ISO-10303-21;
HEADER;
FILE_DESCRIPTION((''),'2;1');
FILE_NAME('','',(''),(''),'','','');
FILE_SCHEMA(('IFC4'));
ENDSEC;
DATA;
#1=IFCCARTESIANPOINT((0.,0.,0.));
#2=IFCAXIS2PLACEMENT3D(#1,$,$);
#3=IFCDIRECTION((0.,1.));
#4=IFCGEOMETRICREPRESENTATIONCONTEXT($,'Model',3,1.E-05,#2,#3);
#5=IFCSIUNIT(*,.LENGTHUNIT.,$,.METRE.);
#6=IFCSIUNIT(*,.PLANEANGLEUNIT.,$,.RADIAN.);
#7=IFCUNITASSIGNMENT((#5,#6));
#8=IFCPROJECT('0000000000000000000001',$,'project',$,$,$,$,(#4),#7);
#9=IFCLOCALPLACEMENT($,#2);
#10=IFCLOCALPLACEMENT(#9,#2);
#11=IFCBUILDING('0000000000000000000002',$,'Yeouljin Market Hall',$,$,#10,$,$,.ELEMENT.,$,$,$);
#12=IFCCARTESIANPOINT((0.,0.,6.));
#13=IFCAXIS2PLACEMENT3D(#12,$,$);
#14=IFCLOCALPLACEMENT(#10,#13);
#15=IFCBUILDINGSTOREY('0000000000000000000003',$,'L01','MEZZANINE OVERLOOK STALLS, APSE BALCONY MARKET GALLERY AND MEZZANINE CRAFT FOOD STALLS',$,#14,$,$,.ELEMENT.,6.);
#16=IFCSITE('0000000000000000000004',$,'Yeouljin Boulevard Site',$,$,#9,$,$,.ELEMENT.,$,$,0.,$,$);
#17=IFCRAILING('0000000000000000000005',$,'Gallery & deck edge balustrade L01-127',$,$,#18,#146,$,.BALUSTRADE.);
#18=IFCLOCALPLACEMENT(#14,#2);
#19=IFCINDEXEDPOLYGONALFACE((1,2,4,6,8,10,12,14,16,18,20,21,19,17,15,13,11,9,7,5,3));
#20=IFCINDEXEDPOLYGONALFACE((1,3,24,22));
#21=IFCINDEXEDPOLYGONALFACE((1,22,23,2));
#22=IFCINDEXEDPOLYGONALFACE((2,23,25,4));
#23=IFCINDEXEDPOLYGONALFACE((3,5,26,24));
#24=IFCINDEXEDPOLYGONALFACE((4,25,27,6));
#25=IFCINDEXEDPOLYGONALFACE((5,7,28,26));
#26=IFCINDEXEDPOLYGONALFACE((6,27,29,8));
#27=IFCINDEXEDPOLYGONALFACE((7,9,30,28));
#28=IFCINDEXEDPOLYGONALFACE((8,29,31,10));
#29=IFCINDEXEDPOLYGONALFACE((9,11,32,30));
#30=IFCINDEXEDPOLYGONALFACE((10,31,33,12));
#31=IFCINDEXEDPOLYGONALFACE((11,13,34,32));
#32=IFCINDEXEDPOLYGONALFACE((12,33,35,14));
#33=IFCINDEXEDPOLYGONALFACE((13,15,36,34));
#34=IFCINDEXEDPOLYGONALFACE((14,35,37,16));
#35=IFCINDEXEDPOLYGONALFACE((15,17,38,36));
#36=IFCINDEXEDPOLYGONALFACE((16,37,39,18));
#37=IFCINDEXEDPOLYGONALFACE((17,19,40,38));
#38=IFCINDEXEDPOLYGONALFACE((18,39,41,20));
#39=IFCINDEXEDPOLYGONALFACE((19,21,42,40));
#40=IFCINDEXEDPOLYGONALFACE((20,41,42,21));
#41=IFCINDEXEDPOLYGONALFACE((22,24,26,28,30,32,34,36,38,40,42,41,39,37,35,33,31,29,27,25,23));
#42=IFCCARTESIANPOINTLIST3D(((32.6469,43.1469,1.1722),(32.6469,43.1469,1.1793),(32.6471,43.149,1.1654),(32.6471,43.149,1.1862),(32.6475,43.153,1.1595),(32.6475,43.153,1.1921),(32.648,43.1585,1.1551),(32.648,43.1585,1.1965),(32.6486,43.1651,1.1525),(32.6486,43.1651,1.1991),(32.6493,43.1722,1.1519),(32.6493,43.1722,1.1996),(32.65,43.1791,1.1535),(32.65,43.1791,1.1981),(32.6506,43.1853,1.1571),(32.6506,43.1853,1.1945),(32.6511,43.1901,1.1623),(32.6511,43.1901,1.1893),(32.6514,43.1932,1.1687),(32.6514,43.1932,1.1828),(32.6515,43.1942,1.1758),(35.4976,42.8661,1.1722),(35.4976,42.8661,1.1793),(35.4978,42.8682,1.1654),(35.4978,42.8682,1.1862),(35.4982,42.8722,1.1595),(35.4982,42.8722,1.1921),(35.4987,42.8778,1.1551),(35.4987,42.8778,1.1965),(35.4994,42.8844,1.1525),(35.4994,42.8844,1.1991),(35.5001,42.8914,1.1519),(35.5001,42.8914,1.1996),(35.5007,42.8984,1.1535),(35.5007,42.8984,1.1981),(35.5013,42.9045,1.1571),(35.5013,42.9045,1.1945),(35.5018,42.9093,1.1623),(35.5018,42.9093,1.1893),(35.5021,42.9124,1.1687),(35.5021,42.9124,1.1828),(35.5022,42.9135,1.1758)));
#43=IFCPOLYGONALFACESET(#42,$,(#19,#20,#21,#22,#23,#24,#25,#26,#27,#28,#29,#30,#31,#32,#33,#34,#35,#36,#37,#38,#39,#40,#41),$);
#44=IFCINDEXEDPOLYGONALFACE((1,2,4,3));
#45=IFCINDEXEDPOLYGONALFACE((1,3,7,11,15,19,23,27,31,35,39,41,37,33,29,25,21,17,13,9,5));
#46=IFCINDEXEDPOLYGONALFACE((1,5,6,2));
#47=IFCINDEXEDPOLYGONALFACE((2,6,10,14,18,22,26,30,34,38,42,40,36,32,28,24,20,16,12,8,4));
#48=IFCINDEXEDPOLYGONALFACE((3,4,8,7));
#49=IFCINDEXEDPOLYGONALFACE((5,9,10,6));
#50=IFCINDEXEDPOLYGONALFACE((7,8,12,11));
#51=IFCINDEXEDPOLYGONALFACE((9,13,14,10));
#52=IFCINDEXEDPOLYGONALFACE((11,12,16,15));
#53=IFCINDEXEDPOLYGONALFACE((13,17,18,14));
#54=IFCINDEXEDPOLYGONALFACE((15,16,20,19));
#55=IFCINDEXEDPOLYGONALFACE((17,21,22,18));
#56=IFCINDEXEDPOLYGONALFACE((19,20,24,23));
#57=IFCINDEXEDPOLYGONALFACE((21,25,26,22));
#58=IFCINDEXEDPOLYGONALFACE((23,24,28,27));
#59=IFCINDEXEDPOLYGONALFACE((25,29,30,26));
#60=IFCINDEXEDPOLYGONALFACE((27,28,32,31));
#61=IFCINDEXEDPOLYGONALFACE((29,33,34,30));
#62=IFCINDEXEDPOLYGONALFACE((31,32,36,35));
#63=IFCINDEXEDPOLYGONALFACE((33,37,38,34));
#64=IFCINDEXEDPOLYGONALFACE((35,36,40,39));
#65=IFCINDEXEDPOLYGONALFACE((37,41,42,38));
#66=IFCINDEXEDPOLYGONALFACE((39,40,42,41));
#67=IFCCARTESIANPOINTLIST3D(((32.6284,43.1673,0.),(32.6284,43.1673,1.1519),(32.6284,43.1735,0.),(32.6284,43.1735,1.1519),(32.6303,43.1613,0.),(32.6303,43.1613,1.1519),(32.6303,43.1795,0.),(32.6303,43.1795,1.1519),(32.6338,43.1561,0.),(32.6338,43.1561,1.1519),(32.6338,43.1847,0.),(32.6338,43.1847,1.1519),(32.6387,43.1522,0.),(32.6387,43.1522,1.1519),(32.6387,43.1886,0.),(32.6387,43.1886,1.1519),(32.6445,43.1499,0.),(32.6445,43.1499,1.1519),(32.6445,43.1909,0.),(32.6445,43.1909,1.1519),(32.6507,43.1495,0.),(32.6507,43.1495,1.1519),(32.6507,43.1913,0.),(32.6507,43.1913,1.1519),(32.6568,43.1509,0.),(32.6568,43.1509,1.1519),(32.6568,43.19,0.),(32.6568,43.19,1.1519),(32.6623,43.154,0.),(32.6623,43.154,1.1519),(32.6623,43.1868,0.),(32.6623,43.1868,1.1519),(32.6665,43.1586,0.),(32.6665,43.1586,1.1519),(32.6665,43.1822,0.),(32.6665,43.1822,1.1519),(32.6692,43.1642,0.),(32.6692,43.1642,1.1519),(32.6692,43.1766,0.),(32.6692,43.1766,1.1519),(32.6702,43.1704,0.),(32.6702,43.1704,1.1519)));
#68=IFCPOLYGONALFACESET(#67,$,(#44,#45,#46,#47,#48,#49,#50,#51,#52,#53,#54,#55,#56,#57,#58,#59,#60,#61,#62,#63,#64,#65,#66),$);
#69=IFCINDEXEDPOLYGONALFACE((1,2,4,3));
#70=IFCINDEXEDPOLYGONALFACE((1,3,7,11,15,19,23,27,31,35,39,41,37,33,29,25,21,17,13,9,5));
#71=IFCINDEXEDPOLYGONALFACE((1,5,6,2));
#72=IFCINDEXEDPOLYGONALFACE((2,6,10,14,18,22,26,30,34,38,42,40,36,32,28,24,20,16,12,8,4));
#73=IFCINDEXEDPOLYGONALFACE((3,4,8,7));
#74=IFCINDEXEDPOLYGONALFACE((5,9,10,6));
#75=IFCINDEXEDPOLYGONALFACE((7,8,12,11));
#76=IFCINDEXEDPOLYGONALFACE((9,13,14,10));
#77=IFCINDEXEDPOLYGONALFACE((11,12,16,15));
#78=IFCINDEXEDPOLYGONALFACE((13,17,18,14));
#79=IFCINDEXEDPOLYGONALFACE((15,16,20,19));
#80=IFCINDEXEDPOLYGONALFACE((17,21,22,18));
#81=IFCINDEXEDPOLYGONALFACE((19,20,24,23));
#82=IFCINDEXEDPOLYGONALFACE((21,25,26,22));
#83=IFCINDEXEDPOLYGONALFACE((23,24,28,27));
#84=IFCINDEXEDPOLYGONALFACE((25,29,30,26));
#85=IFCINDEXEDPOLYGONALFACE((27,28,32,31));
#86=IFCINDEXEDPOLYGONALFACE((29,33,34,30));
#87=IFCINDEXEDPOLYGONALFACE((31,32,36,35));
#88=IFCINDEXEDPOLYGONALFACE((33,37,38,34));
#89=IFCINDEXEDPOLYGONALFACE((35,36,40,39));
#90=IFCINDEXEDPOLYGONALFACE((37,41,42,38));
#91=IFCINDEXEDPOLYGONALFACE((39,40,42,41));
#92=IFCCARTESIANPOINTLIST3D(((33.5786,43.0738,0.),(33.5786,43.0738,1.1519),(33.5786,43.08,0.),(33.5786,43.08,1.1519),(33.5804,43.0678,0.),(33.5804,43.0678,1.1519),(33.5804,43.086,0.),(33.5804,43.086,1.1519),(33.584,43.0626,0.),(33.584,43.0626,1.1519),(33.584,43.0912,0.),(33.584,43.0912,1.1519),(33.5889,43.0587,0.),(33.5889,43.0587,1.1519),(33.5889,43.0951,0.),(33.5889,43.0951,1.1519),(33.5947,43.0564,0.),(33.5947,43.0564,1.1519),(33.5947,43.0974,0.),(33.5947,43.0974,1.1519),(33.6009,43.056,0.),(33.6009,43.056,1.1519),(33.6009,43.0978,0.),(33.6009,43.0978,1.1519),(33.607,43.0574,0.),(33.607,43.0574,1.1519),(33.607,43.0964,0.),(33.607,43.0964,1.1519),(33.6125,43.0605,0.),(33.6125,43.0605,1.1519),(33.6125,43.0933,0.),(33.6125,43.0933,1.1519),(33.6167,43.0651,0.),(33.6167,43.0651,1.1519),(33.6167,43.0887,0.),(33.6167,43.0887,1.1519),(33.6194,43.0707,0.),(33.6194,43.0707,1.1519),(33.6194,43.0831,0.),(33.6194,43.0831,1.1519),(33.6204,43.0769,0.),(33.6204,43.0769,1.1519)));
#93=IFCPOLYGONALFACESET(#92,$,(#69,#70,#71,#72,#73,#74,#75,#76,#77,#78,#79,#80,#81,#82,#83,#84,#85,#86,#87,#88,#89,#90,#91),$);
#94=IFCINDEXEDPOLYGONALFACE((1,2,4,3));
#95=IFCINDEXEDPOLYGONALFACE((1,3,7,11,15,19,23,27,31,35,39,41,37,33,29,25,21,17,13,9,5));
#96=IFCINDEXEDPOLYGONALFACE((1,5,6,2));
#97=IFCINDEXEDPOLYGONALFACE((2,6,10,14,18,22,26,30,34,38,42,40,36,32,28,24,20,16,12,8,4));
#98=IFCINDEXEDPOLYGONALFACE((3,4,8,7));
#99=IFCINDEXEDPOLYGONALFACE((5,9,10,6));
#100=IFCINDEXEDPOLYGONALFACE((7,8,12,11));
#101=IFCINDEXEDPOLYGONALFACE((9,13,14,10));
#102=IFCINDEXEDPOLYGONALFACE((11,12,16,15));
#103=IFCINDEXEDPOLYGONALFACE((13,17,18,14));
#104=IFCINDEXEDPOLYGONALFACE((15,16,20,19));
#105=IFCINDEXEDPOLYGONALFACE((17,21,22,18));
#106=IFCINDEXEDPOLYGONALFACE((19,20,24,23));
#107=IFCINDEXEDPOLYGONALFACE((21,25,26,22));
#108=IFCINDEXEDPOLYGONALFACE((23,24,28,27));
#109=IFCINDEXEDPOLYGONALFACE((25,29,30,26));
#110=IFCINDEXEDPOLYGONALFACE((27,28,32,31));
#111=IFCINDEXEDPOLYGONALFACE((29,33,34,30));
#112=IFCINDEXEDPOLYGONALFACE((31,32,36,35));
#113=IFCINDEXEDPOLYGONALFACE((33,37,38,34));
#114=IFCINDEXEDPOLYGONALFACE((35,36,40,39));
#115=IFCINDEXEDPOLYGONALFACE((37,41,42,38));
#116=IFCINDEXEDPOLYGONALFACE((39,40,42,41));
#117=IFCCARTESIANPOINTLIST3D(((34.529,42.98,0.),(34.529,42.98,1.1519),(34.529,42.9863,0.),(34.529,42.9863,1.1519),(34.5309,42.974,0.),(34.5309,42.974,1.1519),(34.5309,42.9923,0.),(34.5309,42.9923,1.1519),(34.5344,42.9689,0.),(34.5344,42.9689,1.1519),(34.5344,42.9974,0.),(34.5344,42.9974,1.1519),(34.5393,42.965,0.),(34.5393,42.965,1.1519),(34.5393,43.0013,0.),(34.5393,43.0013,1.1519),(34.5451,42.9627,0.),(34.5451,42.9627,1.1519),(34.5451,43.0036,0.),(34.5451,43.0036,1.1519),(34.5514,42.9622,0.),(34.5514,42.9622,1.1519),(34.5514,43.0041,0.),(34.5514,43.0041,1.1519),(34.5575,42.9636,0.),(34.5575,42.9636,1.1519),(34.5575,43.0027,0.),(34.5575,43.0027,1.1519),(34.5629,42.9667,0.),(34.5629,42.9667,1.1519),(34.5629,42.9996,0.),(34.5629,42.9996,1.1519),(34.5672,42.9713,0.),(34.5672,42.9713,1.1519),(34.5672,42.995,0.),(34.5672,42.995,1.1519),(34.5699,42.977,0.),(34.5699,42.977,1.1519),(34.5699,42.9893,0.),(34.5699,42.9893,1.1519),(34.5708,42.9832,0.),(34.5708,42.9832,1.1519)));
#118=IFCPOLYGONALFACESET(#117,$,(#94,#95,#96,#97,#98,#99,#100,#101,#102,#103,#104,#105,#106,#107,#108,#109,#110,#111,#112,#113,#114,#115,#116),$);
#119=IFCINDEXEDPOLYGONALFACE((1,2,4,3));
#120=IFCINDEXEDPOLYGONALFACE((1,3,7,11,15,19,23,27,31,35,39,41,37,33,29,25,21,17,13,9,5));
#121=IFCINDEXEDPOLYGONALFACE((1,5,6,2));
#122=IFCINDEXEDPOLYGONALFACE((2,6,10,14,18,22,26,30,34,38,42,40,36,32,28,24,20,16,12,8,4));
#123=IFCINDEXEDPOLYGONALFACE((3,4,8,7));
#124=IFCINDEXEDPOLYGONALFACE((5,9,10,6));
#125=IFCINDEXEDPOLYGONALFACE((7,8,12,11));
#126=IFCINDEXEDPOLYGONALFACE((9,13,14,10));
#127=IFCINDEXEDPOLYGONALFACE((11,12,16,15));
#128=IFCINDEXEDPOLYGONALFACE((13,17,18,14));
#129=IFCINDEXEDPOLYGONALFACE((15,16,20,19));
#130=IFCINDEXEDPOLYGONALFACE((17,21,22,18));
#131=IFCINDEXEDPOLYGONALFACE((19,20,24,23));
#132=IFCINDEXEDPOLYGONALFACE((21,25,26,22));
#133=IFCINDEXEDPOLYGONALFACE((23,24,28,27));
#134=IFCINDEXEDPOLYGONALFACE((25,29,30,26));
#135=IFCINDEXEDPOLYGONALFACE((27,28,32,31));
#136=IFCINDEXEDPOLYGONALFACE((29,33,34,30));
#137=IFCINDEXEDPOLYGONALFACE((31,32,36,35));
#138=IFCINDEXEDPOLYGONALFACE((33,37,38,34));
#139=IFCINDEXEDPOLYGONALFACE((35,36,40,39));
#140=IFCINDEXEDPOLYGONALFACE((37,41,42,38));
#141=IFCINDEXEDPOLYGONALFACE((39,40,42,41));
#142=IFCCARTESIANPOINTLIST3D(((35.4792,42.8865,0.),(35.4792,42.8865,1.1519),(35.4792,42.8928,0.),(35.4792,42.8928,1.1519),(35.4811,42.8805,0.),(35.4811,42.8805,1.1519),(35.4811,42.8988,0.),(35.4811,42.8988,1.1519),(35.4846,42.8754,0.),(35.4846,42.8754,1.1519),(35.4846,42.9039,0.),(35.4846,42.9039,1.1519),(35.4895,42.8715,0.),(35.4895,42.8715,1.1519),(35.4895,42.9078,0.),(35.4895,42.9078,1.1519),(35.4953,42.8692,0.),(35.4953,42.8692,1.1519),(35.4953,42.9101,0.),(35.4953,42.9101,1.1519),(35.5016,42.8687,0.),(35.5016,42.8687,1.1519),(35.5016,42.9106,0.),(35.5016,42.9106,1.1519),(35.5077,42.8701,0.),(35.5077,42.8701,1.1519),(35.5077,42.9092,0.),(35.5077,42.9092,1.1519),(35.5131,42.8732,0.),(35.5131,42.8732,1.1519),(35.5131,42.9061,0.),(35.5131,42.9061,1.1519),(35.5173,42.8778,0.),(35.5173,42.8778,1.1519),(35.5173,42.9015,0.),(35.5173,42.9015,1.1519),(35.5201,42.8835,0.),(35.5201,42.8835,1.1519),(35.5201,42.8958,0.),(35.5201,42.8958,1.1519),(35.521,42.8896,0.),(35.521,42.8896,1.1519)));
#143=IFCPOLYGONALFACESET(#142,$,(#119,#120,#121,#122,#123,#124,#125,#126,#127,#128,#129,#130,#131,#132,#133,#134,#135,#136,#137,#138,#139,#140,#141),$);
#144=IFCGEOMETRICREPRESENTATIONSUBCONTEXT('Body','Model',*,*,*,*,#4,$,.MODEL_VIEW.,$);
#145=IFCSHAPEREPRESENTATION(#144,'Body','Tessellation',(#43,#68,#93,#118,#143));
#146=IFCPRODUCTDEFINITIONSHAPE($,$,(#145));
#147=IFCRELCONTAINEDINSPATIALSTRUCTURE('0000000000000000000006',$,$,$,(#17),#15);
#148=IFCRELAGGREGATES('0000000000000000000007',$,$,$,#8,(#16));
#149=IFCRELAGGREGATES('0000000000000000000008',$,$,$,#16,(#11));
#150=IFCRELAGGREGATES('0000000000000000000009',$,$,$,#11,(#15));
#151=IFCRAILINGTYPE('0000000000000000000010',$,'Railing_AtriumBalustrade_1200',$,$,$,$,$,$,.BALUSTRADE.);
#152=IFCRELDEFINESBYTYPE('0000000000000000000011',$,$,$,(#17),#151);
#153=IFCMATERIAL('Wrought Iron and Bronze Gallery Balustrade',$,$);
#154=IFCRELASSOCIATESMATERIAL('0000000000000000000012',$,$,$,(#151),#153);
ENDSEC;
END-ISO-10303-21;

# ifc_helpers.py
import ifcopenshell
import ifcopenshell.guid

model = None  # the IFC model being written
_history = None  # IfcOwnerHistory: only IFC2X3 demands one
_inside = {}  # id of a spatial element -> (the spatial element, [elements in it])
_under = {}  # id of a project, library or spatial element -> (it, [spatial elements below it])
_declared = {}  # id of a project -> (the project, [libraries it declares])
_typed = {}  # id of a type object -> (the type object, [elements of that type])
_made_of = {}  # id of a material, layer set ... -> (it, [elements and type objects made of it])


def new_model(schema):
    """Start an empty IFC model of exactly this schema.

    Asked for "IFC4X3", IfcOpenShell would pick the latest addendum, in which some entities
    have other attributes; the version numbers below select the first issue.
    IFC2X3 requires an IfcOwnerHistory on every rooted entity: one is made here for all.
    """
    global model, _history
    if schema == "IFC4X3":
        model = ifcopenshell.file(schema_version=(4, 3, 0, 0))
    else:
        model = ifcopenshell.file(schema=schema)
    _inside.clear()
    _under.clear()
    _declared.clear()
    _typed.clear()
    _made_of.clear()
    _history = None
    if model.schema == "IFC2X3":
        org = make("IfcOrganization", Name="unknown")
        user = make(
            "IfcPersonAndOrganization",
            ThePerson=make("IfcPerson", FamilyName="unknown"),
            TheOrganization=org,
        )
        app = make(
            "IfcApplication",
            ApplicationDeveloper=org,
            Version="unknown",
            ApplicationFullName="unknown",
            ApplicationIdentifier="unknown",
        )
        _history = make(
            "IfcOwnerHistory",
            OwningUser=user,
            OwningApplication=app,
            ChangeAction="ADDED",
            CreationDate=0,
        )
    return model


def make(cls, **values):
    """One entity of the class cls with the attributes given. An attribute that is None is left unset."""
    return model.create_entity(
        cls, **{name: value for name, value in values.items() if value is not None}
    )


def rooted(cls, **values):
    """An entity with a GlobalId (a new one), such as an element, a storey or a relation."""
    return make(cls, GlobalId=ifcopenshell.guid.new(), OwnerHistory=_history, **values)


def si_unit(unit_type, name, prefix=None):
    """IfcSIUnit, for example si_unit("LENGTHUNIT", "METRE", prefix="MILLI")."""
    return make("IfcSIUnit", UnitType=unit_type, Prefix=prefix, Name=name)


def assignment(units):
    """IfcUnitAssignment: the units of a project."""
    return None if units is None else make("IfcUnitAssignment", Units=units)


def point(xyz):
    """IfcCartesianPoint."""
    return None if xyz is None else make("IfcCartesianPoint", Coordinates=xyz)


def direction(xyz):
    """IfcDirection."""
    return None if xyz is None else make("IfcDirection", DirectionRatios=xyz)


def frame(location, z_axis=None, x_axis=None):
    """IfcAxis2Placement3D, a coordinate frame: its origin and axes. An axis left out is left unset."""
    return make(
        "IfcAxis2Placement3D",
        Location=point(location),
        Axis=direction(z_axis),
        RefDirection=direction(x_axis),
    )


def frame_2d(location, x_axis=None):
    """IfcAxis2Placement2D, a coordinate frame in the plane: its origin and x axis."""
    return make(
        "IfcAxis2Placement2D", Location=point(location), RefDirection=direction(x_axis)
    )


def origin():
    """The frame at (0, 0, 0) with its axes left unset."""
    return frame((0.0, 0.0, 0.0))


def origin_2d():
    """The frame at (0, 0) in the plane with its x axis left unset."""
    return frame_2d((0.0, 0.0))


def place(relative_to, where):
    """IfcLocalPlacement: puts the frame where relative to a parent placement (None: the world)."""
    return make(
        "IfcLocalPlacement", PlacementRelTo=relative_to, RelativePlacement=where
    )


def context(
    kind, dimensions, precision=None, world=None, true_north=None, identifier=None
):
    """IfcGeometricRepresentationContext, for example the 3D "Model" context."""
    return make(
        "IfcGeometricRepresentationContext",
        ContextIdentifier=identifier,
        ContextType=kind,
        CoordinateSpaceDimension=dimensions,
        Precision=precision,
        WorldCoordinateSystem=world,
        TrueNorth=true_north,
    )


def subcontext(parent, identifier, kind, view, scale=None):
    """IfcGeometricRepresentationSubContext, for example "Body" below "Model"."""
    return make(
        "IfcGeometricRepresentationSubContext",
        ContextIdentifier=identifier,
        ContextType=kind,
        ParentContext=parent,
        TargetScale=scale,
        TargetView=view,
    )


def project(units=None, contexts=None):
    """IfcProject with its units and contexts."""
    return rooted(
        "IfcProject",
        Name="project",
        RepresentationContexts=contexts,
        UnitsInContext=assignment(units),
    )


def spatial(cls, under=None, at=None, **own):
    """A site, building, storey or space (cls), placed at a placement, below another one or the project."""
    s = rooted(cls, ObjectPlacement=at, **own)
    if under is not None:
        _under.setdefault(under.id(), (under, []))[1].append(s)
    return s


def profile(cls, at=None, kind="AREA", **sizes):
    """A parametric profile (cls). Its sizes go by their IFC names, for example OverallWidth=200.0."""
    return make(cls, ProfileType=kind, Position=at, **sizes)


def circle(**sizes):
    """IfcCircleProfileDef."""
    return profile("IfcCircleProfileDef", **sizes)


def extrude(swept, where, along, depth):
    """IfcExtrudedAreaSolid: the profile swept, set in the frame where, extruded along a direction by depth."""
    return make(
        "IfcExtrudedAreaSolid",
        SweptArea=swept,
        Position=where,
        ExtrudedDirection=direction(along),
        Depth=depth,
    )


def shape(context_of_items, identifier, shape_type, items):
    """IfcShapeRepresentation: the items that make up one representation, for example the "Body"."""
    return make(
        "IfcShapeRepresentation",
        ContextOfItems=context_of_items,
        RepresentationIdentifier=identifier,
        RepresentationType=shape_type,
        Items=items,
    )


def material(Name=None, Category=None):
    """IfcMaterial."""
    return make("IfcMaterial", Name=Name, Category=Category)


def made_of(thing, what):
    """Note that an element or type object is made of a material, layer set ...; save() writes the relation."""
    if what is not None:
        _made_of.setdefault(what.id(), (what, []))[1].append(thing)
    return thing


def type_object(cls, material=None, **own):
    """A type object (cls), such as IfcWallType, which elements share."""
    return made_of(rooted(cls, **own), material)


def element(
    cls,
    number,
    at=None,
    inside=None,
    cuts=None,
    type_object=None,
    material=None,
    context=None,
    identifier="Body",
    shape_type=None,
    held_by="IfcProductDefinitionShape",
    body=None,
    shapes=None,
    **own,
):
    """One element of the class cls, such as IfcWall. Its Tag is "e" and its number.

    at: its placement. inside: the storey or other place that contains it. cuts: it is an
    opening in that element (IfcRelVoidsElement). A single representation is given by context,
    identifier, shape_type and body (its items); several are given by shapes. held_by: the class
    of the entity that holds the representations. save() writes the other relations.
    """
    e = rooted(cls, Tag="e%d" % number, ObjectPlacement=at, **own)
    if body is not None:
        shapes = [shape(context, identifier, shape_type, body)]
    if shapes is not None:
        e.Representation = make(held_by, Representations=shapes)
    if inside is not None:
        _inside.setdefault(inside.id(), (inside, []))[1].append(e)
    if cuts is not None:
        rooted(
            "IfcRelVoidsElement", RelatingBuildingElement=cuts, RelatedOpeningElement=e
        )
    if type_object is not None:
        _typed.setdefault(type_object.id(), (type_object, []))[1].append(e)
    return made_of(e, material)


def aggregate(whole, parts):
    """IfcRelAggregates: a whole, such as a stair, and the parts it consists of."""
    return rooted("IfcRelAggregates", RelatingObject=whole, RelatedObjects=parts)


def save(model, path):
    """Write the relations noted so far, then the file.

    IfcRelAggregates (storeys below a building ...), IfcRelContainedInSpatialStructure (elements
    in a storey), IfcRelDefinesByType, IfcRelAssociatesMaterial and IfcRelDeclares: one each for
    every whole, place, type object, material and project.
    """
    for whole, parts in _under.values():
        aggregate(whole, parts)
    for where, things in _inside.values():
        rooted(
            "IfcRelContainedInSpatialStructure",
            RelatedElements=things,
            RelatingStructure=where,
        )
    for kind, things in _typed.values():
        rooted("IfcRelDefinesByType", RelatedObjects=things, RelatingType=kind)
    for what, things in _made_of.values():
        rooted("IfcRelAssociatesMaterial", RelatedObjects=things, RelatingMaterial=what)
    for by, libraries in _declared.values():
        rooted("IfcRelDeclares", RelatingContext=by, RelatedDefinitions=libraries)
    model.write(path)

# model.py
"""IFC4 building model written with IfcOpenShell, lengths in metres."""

from ifc_helpers import new_model, si_unit, direction, frame, origin, origin_2d, place, context, subcontext, project, spatial, circle, extrude, material, type_object, element, save


model = new_model("IFC4")

# Units and contexts
model_context = context("Model", 3, precision=1e-05, world=origin(), true_north=direction((0.0, 1.0)))
body_context = subcontext(model_context, "Body", "Model", "MODEL_VIEW")
ifc_project = project(units=[si_unit("LENGTHUNIT", "METRE"), si_unit("PLANEANGLEUNIT", "RADIAN")], contexts=[model_context])

# Site, building, storey
site_placement = place(None, origin())
site = spatial("IfcSite", under=ifc_project, at=site_placement, Name="Yeouljin Boulevard Site", CompositionType="ELEMENT", RefElevation=0.0)
building_placement = place(site_placement, origin())
building = spatial("IfcBuilding", under=site, at=building_placement, Name="Yeouljin Market Hall", CompositionType="ELEMENT")
storey_placement = place(building_placement, frame((0.0, 0.0, 6.0)))
storey = spatial("IfcBuildingStorey", under=building, at=storey_placement, Name="L01", Description="MEZZANINE OVERLOOK STALLS, APSE BALCONY MARKET GALLERY AND MEZZANINE CRAFT FOOD STALLS", CompositionType="ELEMENT", Elevation=6.0)

# Railing
ifc_material_1 = material(Name="Wrought Iron and Bronze Gallery Balustrade")
railing_type = type_object("IfcRailingType", Name="Railing_AtriumBalustrade_1200", PredefinedType="BALUSTRADE", material=ifc_material_1)
railing_1_placement = place(storey_placement, frame((32.6492, 43.1704, 0.0)))
element("IfcRailing", 1, at=railing_1_placement, inside=storey, type_object=railing_type, Name="Gallery & deck edge balustrade L01-127", PredefinedType="BALUSTRADE", context=body_context, shape_type="SweptSolid", body=[
    extrude(circle(Radius=0.0239, at=origin_2d()), frame((0.0, 0.0, 1.1758), z_axis=(0.995185, -0.09801, 0.0), x_axis=(0.09801, 0.995185, 0.0)), (0.0, 0.0, 1.0), 2.8645),
    extrude(circle(Radius=0.021, at=origin_2d()), origin(), (0.0, 0.0, 1.0), 1.1519),
    extrude(circle(Radius=0.021, at=origin_2d()), frame((0.9502, -0.0935, 0.0)), (0.0, 0.0, 1.0), 1.1519),
    extrude(circle(Radius=0.021, at=origin_2d()), frame((1.9006, -0.1873, 0.0)), (0.0, 0.0, 1.0), 1.1519),
    extrude(circle(Radius=0.021, at=origin_2d()), frame((2.8508, -0.2808, 0.0)), (0.0, 0.0, 1.0), 1.1519),
])

save(model, "model.ifc")
